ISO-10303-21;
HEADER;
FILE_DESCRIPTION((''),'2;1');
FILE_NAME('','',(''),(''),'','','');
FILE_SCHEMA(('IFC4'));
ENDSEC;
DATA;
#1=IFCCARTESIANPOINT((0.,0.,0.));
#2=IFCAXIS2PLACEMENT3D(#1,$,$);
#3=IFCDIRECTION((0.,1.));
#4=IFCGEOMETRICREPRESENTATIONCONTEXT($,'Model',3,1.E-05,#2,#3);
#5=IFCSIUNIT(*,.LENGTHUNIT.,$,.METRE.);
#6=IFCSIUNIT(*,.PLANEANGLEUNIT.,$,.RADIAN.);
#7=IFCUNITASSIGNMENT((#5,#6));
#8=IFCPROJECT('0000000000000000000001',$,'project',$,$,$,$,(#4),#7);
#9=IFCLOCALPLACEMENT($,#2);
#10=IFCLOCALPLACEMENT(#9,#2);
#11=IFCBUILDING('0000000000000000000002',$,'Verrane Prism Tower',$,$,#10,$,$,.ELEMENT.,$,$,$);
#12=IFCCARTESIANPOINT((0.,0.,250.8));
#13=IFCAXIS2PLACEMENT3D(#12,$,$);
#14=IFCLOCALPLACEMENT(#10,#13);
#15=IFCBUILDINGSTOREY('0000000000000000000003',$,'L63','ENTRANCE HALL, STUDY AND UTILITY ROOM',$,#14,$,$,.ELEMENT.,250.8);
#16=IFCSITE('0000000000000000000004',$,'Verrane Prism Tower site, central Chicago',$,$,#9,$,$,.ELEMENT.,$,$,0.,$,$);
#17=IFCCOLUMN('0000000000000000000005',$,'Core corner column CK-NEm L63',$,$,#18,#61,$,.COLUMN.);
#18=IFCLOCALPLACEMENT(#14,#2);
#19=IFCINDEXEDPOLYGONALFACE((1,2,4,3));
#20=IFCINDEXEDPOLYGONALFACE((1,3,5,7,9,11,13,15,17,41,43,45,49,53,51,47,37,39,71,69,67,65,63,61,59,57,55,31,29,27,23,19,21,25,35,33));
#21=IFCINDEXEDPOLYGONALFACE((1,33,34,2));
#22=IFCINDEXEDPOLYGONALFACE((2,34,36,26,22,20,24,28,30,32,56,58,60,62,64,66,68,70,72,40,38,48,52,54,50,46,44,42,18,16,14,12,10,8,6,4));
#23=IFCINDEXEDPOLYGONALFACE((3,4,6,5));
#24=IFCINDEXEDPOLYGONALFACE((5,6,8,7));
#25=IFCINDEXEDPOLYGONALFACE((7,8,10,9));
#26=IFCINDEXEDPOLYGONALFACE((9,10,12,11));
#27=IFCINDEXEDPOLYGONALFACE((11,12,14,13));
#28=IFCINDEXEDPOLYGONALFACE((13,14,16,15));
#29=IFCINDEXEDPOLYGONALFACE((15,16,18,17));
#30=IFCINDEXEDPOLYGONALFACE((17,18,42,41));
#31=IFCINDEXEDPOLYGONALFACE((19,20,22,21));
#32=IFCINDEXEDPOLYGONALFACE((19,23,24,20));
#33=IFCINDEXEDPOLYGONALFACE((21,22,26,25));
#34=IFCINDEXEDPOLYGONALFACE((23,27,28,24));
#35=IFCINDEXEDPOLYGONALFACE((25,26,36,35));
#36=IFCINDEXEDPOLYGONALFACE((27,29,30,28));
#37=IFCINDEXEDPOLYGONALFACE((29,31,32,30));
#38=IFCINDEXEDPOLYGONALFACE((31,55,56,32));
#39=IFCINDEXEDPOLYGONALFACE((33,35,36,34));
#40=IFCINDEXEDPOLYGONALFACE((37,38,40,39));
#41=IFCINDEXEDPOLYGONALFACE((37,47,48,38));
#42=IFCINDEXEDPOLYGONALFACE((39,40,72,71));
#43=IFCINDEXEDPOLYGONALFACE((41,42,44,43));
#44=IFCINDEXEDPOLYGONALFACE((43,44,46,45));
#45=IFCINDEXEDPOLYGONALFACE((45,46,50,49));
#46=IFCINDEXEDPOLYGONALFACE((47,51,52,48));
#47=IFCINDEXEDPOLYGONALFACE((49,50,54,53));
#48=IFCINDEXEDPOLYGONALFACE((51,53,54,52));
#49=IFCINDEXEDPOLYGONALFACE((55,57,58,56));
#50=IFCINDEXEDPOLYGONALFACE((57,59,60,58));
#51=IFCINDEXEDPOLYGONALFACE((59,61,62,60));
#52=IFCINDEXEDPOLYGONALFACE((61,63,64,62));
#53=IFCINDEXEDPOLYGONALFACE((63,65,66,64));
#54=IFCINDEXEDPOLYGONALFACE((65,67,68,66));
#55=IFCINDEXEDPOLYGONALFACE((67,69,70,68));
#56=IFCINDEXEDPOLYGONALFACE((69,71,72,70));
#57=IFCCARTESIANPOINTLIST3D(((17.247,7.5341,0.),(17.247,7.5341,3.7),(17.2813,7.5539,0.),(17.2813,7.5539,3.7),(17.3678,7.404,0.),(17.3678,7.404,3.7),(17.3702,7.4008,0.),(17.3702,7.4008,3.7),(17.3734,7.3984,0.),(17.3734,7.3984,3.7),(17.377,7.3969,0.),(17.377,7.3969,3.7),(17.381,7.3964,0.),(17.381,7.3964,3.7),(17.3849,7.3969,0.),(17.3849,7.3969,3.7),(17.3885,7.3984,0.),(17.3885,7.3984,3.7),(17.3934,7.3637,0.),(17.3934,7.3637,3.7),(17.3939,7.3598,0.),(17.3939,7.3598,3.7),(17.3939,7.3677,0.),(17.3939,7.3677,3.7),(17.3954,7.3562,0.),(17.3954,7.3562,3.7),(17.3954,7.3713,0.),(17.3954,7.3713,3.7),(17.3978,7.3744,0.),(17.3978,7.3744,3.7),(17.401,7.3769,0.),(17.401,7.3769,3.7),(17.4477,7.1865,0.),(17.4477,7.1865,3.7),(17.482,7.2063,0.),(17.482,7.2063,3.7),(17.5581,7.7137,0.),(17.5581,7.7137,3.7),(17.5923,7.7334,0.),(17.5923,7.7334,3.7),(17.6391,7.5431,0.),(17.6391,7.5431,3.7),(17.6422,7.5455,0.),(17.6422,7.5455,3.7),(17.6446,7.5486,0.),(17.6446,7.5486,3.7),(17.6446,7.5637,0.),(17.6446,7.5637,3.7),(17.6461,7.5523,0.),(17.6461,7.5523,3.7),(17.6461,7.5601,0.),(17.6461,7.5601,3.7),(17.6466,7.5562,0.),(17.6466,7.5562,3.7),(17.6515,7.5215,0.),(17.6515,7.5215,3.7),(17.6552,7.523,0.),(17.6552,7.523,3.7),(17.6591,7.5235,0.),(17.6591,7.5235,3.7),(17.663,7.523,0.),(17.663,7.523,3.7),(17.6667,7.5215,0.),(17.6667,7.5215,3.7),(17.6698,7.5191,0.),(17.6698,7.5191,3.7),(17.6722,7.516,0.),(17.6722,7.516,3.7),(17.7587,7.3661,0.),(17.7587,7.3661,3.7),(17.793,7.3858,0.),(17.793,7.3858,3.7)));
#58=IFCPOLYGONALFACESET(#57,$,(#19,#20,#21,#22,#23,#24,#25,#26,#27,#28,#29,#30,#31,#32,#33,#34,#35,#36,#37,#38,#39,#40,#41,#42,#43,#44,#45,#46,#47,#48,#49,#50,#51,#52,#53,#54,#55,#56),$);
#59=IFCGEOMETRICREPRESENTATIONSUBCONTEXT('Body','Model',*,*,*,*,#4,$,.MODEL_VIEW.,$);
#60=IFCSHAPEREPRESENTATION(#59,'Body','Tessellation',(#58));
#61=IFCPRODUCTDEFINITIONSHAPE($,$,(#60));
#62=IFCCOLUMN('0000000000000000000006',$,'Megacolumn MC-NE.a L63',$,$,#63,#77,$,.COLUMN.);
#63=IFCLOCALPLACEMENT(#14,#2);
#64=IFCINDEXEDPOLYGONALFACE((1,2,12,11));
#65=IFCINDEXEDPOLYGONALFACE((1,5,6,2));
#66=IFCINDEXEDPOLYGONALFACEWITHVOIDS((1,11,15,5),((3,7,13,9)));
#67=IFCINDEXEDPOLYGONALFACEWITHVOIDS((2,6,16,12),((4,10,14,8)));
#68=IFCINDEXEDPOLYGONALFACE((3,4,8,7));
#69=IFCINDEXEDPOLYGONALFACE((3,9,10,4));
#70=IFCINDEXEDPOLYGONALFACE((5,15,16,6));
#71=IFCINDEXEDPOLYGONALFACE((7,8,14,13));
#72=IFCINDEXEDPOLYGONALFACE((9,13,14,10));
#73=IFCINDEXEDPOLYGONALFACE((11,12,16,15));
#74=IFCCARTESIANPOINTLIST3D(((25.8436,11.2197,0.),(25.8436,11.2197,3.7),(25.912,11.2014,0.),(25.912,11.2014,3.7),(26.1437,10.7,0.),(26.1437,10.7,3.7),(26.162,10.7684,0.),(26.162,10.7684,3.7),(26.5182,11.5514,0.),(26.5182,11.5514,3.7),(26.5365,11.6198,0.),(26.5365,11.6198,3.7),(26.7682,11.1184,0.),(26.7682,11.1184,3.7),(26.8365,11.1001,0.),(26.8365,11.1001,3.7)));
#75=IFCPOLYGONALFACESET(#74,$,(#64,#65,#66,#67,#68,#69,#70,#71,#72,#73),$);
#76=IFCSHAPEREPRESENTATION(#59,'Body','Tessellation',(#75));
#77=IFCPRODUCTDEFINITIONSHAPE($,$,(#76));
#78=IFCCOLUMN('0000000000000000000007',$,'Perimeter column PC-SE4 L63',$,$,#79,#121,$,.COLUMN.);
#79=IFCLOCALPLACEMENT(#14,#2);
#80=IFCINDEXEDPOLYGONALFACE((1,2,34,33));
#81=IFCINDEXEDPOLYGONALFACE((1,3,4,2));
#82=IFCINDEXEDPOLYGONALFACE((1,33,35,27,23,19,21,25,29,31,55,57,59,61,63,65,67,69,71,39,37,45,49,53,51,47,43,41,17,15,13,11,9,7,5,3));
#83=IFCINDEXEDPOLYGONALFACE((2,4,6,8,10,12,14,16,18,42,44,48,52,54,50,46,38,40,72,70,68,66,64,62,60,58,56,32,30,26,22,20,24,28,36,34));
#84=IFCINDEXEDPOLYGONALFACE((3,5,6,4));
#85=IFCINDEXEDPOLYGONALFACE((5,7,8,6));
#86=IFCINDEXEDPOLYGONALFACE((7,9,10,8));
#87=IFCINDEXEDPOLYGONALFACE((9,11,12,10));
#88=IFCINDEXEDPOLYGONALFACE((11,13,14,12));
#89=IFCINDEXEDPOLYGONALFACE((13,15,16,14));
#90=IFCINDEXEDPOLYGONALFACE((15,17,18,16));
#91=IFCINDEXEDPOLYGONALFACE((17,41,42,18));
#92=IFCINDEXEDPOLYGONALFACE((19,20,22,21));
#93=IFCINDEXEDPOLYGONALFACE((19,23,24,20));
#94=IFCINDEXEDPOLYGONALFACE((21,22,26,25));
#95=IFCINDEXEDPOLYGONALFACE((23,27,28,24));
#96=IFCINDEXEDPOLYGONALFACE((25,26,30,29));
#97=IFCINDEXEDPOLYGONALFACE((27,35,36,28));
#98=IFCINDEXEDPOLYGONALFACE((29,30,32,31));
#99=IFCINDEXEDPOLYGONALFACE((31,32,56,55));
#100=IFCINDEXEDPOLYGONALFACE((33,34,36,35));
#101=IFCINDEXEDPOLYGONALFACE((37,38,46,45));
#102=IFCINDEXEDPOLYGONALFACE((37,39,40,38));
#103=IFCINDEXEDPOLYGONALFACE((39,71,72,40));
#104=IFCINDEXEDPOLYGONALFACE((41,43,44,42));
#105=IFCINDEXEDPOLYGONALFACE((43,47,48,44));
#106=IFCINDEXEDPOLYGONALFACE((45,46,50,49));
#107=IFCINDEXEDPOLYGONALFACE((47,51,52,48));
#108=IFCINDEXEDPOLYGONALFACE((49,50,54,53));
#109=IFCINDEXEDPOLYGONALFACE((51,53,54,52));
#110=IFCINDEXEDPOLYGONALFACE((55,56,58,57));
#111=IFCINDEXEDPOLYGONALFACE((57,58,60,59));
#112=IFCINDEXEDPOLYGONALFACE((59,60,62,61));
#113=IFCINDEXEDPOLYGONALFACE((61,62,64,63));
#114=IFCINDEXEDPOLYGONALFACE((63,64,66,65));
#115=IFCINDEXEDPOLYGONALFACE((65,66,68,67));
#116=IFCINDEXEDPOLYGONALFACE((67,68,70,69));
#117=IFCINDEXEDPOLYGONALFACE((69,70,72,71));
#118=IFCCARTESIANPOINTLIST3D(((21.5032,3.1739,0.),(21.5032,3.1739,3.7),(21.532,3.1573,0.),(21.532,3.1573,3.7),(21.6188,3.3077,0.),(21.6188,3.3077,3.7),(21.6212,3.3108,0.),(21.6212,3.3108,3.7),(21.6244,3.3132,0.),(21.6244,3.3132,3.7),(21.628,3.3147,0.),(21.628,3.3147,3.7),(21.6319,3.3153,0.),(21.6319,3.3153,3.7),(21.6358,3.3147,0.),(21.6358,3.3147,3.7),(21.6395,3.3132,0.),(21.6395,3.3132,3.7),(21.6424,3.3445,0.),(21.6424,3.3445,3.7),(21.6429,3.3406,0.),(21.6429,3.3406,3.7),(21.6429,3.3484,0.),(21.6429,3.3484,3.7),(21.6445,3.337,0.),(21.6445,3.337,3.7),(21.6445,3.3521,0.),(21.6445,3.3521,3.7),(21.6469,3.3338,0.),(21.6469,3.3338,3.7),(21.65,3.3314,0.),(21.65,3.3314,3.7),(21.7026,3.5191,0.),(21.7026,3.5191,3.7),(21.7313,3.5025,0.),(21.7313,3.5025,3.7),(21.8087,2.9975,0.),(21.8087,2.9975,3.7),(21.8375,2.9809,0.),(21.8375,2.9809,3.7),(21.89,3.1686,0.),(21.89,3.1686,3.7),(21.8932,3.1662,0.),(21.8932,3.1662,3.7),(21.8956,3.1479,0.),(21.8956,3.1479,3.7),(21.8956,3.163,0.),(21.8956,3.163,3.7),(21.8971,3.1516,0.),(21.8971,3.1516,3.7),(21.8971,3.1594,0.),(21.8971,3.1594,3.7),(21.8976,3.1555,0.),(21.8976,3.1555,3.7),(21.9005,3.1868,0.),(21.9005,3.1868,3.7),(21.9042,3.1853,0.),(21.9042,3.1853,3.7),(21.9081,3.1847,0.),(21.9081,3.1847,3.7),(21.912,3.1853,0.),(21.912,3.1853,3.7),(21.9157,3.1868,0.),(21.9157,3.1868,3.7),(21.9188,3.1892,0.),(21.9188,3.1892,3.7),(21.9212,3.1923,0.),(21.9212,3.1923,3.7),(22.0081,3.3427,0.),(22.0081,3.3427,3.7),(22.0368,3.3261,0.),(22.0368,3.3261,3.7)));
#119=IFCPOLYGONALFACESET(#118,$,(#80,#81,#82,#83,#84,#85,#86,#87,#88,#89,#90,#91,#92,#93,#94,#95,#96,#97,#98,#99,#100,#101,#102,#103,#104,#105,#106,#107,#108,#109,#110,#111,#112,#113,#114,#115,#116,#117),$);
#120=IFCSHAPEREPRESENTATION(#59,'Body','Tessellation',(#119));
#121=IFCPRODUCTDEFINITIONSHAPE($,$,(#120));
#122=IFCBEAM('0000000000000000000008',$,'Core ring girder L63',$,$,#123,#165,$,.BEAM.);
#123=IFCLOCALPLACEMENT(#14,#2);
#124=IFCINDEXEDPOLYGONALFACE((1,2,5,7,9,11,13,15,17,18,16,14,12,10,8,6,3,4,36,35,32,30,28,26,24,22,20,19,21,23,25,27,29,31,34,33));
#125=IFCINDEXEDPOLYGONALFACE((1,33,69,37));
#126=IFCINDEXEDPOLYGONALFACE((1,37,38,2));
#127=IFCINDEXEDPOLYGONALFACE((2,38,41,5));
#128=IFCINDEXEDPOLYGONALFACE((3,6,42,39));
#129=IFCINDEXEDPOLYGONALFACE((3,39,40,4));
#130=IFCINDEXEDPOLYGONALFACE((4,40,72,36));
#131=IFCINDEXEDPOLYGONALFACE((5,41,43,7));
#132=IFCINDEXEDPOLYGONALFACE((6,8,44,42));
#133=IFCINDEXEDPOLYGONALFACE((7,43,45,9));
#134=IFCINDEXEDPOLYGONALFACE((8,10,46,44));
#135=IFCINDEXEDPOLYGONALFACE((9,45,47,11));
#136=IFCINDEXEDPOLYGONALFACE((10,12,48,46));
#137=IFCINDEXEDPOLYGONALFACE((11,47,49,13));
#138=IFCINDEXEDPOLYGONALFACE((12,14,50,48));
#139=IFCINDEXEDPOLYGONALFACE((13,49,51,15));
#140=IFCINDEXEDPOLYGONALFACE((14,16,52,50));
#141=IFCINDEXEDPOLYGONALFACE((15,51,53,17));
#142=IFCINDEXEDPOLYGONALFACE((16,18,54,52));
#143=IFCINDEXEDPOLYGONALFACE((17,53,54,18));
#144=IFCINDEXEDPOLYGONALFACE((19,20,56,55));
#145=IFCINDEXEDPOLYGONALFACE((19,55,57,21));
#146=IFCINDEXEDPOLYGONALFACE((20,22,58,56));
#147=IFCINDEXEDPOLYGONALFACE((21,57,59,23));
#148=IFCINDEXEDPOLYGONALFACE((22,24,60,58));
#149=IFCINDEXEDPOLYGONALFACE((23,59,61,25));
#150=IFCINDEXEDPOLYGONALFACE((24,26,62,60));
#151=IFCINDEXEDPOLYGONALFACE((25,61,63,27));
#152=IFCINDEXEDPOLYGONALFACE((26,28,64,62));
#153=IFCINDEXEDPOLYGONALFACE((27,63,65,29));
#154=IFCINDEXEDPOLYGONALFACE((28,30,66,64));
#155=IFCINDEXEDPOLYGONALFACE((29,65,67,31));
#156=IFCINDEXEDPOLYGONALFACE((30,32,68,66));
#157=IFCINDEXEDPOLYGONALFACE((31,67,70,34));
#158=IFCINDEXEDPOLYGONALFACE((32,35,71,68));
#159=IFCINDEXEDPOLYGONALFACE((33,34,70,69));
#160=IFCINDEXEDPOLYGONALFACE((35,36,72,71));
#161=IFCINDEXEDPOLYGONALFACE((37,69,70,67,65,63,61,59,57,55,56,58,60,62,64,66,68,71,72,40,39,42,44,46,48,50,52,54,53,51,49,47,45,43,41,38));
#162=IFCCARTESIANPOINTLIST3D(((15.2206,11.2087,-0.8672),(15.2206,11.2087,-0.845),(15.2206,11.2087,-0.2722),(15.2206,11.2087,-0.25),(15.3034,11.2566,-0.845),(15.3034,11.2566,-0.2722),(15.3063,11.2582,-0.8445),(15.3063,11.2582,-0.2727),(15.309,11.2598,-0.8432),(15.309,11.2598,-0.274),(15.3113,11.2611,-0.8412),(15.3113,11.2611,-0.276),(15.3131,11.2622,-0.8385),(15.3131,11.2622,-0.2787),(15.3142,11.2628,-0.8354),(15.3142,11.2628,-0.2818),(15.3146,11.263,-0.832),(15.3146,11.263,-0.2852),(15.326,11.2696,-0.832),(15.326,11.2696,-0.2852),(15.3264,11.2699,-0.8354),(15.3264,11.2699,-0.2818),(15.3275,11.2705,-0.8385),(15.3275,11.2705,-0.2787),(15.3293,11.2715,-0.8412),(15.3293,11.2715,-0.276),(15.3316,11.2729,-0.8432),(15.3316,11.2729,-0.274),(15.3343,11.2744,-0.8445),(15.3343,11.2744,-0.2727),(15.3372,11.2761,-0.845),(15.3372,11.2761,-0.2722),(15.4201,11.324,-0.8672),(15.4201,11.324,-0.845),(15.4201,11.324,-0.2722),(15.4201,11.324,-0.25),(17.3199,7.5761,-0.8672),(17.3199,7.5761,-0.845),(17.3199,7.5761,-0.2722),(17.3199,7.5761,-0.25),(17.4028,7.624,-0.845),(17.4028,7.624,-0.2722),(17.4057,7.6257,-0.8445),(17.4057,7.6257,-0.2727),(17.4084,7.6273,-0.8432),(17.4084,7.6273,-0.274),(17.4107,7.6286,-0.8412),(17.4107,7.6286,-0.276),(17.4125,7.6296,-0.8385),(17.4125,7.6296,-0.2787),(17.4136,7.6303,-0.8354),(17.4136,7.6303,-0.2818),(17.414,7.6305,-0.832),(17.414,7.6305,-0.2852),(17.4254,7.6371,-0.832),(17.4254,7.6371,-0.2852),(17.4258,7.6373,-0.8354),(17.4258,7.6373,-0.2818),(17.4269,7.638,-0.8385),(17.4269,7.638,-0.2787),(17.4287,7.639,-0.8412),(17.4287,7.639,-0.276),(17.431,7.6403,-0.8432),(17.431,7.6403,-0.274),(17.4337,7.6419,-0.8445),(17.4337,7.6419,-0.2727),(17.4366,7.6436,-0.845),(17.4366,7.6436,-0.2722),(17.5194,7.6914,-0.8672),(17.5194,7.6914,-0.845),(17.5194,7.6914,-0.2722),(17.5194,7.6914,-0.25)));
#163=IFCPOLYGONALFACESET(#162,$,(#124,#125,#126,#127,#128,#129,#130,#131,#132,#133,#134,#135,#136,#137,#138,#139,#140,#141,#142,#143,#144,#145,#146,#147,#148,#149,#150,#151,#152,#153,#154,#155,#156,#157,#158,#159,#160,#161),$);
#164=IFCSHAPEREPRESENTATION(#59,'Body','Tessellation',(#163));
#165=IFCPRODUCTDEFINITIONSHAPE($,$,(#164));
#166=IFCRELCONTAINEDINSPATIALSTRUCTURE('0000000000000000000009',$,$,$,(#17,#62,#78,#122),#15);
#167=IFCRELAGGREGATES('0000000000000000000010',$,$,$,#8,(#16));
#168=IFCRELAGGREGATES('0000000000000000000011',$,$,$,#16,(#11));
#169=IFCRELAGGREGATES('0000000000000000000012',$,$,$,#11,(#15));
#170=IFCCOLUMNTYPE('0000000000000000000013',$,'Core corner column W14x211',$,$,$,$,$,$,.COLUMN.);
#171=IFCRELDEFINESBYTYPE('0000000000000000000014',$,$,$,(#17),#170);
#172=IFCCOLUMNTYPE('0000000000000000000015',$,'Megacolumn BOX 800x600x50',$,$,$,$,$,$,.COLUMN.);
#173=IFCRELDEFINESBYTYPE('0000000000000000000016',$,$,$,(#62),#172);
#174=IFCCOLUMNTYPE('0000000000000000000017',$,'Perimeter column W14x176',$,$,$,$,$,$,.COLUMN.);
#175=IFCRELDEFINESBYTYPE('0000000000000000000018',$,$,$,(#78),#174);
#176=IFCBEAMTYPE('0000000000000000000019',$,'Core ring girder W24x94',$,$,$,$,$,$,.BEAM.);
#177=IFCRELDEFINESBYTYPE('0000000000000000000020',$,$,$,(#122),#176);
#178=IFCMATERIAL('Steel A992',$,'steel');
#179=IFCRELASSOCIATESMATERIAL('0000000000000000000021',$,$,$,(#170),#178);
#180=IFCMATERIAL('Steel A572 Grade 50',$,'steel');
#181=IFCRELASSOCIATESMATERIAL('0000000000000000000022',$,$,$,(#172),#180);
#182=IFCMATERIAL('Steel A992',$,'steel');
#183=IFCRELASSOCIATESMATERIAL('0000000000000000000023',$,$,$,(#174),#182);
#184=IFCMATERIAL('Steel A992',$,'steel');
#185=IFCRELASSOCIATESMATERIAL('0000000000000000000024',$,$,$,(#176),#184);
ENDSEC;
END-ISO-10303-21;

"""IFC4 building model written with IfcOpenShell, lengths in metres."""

from ifc_helpers import new_model, si_unit, direction, frame, origin, origin_2d, place, context, subcontext, project, spatial, hollow_rectangle, i_section, extrude, material, material_profile, profile_set, type_object, element, save


model = new_model("IFC4")

# Units and contexts
model_context = context("Model", 3, precision=1e-05, world=origin(), true_north=direction((0.0, 1.0)))
body_context = subcontext(model_context, "Body", "Model", "MODEL_VIEW")
ifc_project = project(units=[si_unit("LENGTHUNIT", "METRE"), si_unit("PLANEANGLEUNIT", "RADIAN")], contexts=[model_context])

# Site, building, storey
site_placement = place(None, origin())
site = spatial("IfcSite", under=ifc_project, at=site_placement, Name="Verrane Prism Tower site, central Chicago", CompositionType="ELEMENT", RefElevation=0.0)
building_placement = place(site_placement, origin())
building = spatial("IfcBuilding", under=site, at=building_placement, Name="Verrane Prism Tower", CompositionType="ELEMENT")
storey_placement = place(building_placement, frame((0.0, 0.0, 250.8)))
storey = spatial("IfcBuildingStorey", under=building, at=storey_placement, Name="L63", Description="ENTRANCE HALL, STUDY AND UTILITY ROOM", CompositionType="ELEMENT", Elevation=250.8)

# Columns
ifc_material_1 = material(Name="Steel A992", Category="steel")
ifc_material_profile_1 = material_profile(ifc_material_1, i_section(OverallWidth=0.4014, OverallDepth=0.3987, WebThickness=0.0249, FlangeThickness=0.0396, FilletRadius=0.0151, at=origin_2d()), Name="W14x211")
ifc_profile_set_1 = profile_set([ifc_material_profile_1], Name="Steel A992")
column_type_1 = type_object("IfcColumnType", Name="Core corner column W14x211", PredefinedType="COLUMN", material=ifc_profile_set_1)
column_1_placement = place(storey_placement, frame((17.52, 7.46, 0.0), z_axis=(0.0, 0.0, 1.0), x_axis=(0.5, -0.866025, 0.0)))
element("IfcColumn", 1, at=column_1_placement, inside=storey, type_object=column_type_1, Name="Core corner column CK-NEm L63", PredefinedType="COLUMN", context=body_context, shape_type="SweptSolid", body=[
    extrude(i_section(OverallWidth=0.4014, OverallDepth=0.3987, WebThickness=0.0249, FlangeThickness=0.0396, FilletRadius=0.0151, at=origin_2d()), origin(), (0.0, 0.0, 1.0), 3.7),
])
ifc_material_2 = material(Name="Steel A572 Grade 50", Category="steel")
ifc_material_profile_2 = material_profile(ifc_material_2, hollow_rectangle(XDim=0.6001, YDim=0.8, WallThickness=0.05, at=origin_2d()), Name="BOX 800x600x50")
ifc_profile_set_2 = profile_set([ifc_material_profile_2], Name="Steel A572 Grade 50")
column_type_2 = type_object("IfcColumnType", Name="Megacolumn BOX 800x600x50", PredefinedType="COLUMN", material=ifc_profile_set_2)
column_2_placement = place(storey_placement, frame((26.3401, 11.1599, 0.0), z_axis=(0.0, 0.0, 1.0), x_axis=(0.5, -0.866025, 0.0)))
element("IfcColumn", 2, at=column_2_placement, inside=storey, type_object=column_type_2, Name="Megacolumn MC-NE.a L63", PredefinedType="COLUMN", context=body_context, shape_type="SweptSolid", body=[
    extrude(hollow_rectangle(XDim=0.6001, YDim=0.8, WallThickness=0.05, at=origin_2d()), origin(), (0.0, 0.0, 1.0), 3.7),
])
ifc_material_3 = material(Name="Steel A992", Category="steel")
ifc_material_profile_3 = material_profile(ifc_material_3, i_section(OverallWidth=0.3987, OverallDepth=0.386, WebThickness=0.021, FlangeThickness=0.0332, FilletRadius=0.0151, at=origin_2d()), Name="W14x176")
ifc_profile_set_3 = profile_set([ifc_material_profile_3], Name="Steel A992")
column_type_3 = type_object("IfcColumnType", Name="Perimeter column W14x176", PredefinedType="COLUMN", material=ifc_profile_set_3)
column_3_placement = place(storey_placement, frame((21.77, 3.25, 0.0), z_axis=(0.0, 0.0, 1.0), x_axis=(-0.5, -0.866025, 0.0)))
element("IfcColumn", 3, at=column_3_placement, inside=storey, type_object=column_type_3, Name="Perimeter column PC-SE4 L63", PredefinedType="COLUMN", context=body_context, shape_type="SweptSolid", body=[
    extrude(i_section(OverallWidth=0.3987, OverallDepth=0.386, WebThickness=0.021, FlangeThickness=0.0332, FilletRadius=0.0151, at=origin_2d()), origin(), (0.0, 0.0, 1.0), 3.7),
])

# Beam
ifc_material_4 = material(Name="Steel A992", Category="steel")
ifc_material_profile_4 = material_profile(ifc_material_4, i_section(OverallWidth=0.2305, OverallDepth=0.6172, WebThickness=0.0132, FlangeThickness=0.0222, FilletRadius=0.0129, at=origin_2d()), Name="W24x94")
ifc_profile_set_4 = profile_set([ifc_material_profile_4], Name="Steel A992")
beam_type_1 = type_object("IfcBeamType", Name="Core ring girder W24x94", PredefinedType="BEAM", material=ifc_profile_set_4)
beam_1_placement = place(storey_placement, frame((17.4197, 7.6338, -0.5586), z_axis=(-0.500376, 0.865808, 0.0), x_axis=(-0.865808, -0.500376, 0.0)))
element("IfcBeam", 4, at=beam_1_placement, inside=storey, type_object=beam_type_1, Name="Core ring girder L63", PredefinedType="BEAM", context=body_context, shape_type="SweptSolid", body=[
    extrude(i_section(OverallWidth=0.2305, OverallDepth=0.6172, WebThickness=0.0132, FlangeThickness=0.0222, FilletRadius=0.0129, at=origin_2d()), origin(), (0.0, 0.0, 1.0), 4.1956),
])

save(model, "model.ifc")
